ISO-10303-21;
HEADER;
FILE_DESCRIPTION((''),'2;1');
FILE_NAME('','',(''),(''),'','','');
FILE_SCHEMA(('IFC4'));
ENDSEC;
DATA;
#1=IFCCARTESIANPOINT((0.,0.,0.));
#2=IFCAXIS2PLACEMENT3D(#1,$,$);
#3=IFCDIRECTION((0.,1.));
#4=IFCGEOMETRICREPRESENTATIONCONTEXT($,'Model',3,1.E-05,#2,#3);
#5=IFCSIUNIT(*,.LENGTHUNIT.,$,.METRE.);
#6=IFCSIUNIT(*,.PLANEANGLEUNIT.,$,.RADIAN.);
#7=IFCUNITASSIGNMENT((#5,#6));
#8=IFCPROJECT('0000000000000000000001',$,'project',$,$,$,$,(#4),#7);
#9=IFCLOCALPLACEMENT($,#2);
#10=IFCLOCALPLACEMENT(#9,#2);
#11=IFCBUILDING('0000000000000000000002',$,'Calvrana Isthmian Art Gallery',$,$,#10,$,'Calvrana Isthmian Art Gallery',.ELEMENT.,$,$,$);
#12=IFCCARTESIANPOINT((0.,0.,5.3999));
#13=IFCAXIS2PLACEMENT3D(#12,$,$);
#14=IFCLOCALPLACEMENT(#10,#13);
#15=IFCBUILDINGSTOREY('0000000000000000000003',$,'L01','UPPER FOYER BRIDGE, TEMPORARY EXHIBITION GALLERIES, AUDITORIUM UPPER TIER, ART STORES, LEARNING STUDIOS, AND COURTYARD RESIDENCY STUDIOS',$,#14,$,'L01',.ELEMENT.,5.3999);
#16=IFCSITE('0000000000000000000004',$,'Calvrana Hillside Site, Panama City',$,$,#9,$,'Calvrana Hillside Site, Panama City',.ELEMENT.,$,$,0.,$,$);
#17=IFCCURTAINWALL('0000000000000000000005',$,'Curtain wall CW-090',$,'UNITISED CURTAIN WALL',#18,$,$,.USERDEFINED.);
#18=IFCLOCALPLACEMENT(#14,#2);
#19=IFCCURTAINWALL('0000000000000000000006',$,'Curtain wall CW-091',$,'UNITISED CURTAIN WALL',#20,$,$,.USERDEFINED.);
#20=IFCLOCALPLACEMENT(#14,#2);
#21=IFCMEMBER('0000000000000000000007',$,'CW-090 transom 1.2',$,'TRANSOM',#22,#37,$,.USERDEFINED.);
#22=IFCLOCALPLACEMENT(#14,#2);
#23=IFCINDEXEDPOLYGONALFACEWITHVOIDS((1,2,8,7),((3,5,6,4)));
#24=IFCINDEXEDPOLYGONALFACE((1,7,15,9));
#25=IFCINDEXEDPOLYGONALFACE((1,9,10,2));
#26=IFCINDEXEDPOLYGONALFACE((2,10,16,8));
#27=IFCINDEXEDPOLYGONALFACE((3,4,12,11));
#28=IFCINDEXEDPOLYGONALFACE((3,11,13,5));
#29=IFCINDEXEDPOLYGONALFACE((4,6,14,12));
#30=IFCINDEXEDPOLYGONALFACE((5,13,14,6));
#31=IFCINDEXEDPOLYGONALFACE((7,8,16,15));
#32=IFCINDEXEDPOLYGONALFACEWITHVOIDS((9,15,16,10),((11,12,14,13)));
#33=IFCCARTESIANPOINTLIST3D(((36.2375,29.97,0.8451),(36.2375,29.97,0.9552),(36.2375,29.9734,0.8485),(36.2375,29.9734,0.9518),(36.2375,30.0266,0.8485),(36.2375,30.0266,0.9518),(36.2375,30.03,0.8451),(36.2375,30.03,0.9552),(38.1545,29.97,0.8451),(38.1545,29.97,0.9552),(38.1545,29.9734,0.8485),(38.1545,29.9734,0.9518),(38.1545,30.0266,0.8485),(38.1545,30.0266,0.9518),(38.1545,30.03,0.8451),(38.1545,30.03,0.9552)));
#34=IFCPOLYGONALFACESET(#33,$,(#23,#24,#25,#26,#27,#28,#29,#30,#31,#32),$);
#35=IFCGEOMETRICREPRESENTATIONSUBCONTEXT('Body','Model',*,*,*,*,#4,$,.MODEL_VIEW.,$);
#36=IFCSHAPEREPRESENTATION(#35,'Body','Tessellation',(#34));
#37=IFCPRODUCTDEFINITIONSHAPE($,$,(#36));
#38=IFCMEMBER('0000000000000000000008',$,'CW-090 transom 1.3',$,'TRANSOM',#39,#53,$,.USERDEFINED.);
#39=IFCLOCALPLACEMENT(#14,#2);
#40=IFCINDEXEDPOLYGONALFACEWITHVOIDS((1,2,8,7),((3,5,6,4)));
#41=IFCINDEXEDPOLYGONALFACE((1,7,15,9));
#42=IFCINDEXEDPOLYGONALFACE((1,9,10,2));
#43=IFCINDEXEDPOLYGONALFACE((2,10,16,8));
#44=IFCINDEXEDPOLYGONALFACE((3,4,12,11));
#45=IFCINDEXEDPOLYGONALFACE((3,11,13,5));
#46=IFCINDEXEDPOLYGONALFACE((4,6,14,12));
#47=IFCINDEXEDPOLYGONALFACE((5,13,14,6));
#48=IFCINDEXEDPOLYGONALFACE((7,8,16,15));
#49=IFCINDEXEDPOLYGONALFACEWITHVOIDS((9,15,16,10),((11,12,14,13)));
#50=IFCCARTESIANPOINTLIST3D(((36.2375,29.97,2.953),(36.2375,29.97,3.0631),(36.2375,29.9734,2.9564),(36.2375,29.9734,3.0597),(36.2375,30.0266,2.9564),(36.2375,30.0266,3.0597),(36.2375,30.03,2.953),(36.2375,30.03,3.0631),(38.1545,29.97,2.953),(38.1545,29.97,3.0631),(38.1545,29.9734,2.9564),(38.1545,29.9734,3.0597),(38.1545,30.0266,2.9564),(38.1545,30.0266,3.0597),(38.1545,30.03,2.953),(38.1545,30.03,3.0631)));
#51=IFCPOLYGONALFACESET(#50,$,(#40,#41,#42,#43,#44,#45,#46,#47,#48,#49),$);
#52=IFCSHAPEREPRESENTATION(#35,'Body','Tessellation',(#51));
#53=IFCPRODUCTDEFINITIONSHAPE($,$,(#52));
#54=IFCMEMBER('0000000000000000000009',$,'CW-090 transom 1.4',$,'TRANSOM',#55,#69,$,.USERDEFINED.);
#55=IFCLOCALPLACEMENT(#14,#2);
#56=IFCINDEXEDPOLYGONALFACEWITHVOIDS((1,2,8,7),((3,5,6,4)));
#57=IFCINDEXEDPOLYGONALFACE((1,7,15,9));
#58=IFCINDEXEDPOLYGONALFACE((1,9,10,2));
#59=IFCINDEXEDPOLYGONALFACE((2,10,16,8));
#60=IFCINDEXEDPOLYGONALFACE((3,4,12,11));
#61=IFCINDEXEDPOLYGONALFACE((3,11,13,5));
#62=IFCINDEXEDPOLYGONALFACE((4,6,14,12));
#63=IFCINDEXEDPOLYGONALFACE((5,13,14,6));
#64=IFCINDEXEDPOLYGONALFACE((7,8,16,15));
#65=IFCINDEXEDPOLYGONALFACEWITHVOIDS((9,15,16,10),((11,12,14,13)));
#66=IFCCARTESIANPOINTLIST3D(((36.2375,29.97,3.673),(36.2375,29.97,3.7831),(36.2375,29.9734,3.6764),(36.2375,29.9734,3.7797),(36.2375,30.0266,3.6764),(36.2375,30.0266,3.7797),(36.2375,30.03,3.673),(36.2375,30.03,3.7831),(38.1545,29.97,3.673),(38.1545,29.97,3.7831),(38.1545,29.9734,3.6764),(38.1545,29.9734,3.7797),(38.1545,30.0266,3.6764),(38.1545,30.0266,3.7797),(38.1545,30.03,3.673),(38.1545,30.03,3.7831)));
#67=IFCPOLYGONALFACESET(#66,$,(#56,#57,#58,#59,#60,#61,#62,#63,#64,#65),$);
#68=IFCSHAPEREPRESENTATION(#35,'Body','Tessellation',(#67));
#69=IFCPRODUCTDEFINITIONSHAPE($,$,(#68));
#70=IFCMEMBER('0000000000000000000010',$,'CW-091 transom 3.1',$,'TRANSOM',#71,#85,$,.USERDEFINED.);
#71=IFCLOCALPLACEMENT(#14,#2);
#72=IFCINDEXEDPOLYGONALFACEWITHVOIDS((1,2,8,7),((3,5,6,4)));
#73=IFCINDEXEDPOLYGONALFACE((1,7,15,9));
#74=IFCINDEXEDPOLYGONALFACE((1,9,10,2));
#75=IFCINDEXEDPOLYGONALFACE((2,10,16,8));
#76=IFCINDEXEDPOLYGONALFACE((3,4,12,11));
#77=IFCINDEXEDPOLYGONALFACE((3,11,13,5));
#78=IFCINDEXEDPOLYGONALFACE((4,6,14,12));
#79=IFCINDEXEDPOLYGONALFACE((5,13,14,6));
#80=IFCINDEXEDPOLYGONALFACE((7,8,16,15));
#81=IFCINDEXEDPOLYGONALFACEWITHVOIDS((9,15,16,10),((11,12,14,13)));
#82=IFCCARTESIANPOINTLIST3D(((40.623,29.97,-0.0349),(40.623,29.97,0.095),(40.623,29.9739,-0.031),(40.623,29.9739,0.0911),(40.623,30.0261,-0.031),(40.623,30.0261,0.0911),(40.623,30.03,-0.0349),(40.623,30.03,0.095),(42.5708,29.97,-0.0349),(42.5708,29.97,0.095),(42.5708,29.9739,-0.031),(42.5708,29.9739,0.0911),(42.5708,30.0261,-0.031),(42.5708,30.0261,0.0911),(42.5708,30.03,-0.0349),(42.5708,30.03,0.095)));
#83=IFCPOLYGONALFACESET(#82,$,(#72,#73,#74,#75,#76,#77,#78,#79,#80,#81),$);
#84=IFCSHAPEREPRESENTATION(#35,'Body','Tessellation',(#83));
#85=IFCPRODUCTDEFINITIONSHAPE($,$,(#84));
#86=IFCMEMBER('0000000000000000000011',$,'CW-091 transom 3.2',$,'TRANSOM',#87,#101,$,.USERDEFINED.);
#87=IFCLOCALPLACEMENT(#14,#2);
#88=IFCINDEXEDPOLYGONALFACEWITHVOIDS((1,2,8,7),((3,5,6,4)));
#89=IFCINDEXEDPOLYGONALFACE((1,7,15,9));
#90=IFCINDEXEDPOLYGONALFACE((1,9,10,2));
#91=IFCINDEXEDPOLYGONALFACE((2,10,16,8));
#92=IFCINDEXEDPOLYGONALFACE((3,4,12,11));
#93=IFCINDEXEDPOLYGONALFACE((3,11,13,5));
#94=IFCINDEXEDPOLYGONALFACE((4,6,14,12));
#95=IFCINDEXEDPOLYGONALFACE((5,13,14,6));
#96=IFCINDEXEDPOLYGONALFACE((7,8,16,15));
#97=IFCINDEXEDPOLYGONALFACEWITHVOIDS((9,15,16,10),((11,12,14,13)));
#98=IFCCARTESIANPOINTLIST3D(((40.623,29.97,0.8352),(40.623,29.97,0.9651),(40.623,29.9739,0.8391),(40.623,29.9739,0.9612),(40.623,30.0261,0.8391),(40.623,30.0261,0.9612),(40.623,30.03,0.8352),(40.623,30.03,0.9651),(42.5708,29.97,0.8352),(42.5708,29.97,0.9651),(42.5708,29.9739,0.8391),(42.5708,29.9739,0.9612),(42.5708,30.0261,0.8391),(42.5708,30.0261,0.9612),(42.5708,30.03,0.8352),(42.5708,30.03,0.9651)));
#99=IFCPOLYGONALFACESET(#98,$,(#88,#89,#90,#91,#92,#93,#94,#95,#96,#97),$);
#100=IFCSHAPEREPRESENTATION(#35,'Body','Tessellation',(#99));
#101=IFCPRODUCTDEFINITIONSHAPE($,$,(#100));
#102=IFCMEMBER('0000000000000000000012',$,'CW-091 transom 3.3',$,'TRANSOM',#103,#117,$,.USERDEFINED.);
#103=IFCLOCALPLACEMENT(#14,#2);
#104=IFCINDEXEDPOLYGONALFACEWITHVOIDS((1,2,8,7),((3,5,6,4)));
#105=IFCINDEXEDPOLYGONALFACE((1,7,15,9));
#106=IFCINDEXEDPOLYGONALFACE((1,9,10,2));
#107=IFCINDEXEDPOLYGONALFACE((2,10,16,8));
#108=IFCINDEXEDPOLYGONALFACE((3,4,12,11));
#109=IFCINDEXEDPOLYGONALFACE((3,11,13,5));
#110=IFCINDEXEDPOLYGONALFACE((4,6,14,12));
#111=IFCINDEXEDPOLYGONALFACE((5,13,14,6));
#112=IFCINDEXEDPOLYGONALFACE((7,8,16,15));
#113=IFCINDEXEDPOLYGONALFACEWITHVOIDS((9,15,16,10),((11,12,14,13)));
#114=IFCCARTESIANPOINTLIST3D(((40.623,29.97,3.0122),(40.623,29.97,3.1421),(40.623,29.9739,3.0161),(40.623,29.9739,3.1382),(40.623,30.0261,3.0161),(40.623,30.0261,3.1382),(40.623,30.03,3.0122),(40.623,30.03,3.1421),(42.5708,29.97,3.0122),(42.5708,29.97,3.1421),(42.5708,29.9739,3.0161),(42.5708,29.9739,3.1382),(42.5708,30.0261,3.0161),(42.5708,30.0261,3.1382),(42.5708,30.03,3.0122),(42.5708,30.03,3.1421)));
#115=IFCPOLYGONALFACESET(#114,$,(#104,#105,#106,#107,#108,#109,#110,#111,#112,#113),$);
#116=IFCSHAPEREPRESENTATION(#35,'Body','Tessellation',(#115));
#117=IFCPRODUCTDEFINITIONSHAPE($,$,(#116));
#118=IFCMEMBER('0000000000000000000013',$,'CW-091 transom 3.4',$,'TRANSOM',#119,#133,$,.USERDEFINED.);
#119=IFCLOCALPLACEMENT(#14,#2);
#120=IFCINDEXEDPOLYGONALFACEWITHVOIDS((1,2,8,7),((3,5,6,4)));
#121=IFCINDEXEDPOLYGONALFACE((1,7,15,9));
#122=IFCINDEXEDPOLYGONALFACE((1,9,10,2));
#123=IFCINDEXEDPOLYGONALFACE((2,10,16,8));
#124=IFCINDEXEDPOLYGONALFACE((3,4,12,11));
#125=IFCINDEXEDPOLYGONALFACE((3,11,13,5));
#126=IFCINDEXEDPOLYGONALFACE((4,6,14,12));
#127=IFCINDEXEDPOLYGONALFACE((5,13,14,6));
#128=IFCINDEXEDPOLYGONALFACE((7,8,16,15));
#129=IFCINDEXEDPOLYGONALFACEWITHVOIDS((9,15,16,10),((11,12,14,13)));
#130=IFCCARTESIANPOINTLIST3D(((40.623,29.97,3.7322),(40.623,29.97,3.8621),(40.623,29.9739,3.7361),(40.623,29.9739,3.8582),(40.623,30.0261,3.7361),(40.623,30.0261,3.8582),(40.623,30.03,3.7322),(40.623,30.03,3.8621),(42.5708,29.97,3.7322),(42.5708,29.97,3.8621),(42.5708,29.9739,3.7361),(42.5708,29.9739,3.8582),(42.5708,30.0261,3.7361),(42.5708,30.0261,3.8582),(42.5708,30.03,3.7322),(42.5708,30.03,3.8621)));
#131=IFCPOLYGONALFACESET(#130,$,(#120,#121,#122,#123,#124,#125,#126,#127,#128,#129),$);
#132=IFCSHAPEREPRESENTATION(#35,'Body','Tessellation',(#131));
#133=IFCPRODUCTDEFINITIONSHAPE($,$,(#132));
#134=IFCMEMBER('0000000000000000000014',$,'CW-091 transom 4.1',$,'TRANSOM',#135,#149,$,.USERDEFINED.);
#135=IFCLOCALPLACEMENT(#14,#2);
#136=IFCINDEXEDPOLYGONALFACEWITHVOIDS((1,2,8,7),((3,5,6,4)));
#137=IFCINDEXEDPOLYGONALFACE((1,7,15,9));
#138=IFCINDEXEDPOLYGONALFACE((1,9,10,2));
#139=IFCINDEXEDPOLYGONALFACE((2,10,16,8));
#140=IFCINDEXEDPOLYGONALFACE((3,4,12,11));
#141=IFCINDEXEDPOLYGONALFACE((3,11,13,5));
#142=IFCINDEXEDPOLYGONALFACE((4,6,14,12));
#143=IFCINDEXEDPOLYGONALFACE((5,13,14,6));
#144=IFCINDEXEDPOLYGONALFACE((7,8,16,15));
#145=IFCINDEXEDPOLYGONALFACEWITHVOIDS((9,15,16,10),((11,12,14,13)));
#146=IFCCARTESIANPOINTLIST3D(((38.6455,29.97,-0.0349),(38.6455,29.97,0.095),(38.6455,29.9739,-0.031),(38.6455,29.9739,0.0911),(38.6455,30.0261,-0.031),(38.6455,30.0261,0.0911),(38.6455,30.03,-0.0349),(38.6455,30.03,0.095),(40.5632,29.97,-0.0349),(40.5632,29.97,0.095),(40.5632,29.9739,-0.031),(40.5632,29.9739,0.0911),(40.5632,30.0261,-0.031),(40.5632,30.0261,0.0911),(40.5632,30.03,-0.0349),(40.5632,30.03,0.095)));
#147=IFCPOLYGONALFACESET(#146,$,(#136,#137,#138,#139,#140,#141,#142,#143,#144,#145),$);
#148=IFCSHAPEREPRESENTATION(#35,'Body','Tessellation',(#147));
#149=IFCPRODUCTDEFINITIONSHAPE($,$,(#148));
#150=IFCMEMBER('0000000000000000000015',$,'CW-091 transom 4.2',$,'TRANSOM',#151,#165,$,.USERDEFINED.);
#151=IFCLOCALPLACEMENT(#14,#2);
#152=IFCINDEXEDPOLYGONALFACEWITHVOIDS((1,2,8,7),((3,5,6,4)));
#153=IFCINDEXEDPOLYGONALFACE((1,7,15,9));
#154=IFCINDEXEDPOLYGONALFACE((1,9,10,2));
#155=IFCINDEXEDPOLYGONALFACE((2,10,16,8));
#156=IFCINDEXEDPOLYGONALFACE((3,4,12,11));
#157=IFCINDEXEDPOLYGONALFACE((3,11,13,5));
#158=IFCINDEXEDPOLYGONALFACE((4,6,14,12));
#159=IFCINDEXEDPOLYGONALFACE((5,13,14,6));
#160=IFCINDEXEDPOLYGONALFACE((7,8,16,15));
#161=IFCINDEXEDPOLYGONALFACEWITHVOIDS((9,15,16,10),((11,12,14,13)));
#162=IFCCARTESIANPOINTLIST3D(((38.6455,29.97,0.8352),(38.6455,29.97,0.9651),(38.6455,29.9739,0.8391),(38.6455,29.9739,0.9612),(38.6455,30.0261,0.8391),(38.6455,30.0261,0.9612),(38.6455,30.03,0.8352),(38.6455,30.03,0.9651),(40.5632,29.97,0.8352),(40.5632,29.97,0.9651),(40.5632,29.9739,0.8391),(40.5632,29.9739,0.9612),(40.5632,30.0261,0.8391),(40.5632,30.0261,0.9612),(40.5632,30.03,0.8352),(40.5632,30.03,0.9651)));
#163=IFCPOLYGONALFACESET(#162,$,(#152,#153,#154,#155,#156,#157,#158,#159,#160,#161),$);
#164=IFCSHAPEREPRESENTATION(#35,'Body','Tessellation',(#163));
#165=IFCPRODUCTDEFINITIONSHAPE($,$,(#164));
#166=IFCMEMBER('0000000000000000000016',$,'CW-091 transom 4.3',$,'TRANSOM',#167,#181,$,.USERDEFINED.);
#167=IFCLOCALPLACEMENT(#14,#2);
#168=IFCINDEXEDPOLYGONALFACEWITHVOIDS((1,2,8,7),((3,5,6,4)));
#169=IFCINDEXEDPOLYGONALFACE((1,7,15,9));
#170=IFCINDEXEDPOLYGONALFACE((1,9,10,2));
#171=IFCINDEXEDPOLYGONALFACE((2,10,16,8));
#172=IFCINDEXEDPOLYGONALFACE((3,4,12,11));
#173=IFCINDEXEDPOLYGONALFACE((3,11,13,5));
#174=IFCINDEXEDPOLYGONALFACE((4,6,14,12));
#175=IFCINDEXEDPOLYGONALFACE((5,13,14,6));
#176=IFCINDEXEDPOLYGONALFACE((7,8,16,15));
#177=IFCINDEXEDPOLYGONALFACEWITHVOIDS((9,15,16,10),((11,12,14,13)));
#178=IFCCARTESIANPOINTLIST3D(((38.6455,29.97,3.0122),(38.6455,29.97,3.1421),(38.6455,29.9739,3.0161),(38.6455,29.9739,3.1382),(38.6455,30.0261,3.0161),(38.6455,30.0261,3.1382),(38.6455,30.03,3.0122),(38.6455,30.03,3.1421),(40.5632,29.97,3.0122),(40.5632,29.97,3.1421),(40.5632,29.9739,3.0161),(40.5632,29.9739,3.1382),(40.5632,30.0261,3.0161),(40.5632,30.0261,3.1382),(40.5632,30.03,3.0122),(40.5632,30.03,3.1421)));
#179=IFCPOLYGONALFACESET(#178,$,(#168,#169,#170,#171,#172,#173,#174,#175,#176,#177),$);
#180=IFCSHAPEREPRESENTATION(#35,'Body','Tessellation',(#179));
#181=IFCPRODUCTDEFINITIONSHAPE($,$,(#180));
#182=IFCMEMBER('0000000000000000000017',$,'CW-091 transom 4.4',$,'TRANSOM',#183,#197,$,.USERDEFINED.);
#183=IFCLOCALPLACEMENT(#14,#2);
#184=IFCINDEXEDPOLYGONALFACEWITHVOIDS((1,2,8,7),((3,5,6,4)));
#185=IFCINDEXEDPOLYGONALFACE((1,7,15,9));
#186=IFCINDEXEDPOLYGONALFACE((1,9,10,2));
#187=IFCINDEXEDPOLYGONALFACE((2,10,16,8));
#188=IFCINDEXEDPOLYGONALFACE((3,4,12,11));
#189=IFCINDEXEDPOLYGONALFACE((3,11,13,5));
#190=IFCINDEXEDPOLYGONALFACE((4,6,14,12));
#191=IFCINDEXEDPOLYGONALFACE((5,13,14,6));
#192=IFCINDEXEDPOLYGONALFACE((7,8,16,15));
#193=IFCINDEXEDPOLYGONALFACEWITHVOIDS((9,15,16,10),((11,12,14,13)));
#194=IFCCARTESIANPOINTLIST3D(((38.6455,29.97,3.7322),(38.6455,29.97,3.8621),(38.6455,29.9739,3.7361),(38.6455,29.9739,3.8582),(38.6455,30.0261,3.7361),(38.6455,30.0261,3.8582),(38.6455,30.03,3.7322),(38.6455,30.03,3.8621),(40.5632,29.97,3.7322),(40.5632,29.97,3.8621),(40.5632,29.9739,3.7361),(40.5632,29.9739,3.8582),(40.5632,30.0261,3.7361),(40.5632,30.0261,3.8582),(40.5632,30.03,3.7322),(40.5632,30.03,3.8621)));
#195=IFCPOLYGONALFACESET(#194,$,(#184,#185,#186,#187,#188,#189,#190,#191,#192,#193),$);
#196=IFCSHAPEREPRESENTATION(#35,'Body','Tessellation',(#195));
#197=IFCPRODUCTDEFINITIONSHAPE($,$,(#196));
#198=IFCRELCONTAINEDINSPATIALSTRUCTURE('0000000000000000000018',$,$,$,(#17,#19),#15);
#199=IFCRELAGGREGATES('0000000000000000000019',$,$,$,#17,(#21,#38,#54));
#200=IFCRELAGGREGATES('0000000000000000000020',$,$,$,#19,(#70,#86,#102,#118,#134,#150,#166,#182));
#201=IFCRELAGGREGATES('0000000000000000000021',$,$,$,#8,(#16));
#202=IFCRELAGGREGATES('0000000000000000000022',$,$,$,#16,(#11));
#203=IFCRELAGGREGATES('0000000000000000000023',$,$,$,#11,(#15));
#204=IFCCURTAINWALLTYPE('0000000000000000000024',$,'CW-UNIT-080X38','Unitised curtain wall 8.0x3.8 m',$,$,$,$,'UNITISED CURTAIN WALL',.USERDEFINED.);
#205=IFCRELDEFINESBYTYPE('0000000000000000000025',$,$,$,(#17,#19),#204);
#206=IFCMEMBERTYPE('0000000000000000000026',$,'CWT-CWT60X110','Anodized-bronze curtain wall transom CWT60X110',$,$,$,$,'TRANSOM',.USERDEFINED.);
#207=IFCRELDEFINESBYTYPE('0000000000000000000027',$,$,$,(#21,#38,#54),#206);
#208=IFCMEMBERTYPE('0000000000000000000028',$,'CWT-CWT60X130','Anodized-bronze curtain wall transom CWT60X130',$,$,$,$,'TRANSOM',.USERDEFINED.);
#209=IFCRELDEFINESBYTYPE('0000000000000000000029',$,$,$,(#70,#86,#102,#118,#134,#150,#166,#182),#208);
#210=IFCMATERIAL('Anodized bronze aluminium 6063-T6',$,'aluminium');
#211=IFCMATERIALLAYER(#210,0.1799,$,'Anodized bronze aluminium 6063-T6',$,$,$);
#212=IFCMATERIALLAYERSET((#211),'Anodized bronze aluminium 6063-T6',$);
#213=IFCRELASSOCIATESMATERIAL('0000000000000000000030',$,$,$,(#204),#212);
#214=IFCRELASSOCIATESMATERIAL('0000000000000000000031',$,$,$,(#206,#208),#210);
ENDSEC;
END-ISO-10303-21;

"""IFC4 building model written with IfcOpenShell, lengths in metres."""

from ifc_helpers import new_model, si_unit, direction, frame, origin, origin_2d, place, context, subcontext, project, spatial, hollow_rectangle, extrude, material, layer, layer_set, material_profile, profile_set, type_object, element, aggregate, save


model = new_model("IFC4")

# Units and contexts
model_context = context("Model", 3, precision=1e-05, world=origin(), true_north=direction((0.0, 1.0)))
body_context = subcontext(model_context, "Body", "Model", "MODEL_VIEW")
ifc_project = project(units=[si_unit("LENGTHUNIT", "METRE"), si_unit("PLANEANGLEUNIT", "RADIAN")], contexts=[model_context])

# Site, building, storey
site_placement = place(None, origin())
site = spatial("IfcSite", under=ifc_project, at=site_placement, Name="Calvrana Hillside Site, Panama City", LongName="Calvrana Hillside Site, Panama City", CompositionType="ELEMENT", RefElevation=0.0)
building_placement = place(site_placement, origin())
building = spatial("IfcBuilding", under=site, at=building_placement, Name="Calvrana Isthmian Art Gallery", LongName="Calvrana Isthmian Art Gallery", CompositionType="ELEMENT")
storey_placement = place(building_placement, frame((0.0, 0.0, 5.3999)))
storey = spatial("IfcBuildingStorey", under=building, at=storey_placement, Name="L01", Description="UPPER FOYER BRIDGE, TEMPORARY EXHIBITION GALLERIES, AUDITORIUM UPPER TIER, ART STORES, LEARNING STUDIOS, AND COURTYARD RESIDENCY STUDIOS", LongName="L01", CompositionType="ELEMENT", Elevation=5.3999)

# Curtain wall
ifc_material_1 = material(Name="Anodized bronze aluminium 6063-T6", Category="aluminium")
ifc_layer_1 = layer(ifc_material_1, 0.1799, Name="Anodized bronze aluminium 6063-T6")
ifc_layer_set_1 = layer_set([ifc_layer_1], Name="Anodized bronze aluminium 6063-T6")
curtain_wall_type_1 = type_object("IfcCurtainWallType", Name="CW-UNIT-080X38", Description="Unitised curtain wall 8.0x3.8 m", ElementType="UNITISED CURTAIN WALL", PredefinedType="USERDEFINED", material=ifc_layer_set_1)
curtain_wall_1_placement = place(storey_placement, origin())
curtain_wall_1 = element("IfcCurtainWall", 1, at=curtain_wall_1_placement, inside=storey, type_object=curtain_wall_type_1, Name="Curtain wall CW-090", ObjectType="UNITISED CURTAIN WALL", PredefinedType="USERDEFINED")

# Curtain wall
curtain_wall_2_placement = place(storey_placement, origin())
curtain_wall_2 = element("IfcCurtainWall", 2, at=curtain_wall_2_placement, inside=storey, type_object=curtain_wall_type_1, Name="Curtain wall CW-091", ObjectType="UNITISED CURTAIN WALL", PredefinedType="USERDEFINED")

# Members
ifc_material_profile_1 = material_profile(ifc_material_1, hollow_rectangle(XDim=0.0601, YDim=0.1101, WallThickness=0.0034, at=origin_2d()), Name="CWT60X110")
ifc_profile_set_1 = profile_set([ifc_material_profile_1], Name="Anodized bronze aluminium 6063-T6")
member_type_1 = type_object("IfcMemberType", Name="CWT-CWT60X110", Description="Anodized-bronze curtain wall transom CWT60X110", ElementType="TRANSOM", PredefinedType="USERDEFINED", material=ifc_profile_set_1)
member_1_placement = place(storey_placement, frame((38.1545, 30.0, 0.9001), z_axis=(-1.0, 0.0, 0.0), x_axis=(0.0, -1.0, 0.0)))
member_1 = element("IfcMember", 3, at=member_1_placement, type_object=member_type_1, Name="CW-090 transom 1.2", ObjectType="TRANSOM", PredefinedType="USERDEFINED", context=body_context, shape_type="SweptSolid", body=[
    extrude(hollow_rectangle(XDim=0.0601, YDim=0.1101, WallThickness=0.0034, at=origin_2d()), origin(), (0.0, 0.0, 1.0), 1.917),
])
member_2_placement = place(storey_placement, frame((38.1545, 30.0, 3.0081), z_axis=(-1.0, 0.0, 0.0), x_axis=(0.0, -1.0, 0.0)))
member_2 = element("IfcMember", 4, at=member_2_placement, type_object=member_type_1, Name="CW-090 transom 1.3", ObjectType="TRANSOM", PredefinedType="USERDEFINED", context=body_context, shape_type="SweptSolid", body=[
    extrude(hollow_rectangle(XDim=0.0601, YDim=0.1101, WallThickness=0.0034, at=origin_2d()), origin(), (0.0, 0.0, 1.0), 1.917),
])
member_3_placement = place(storey_placement, frame((38.1545, 30.0, 3.728), z_axis=(-1.0, 0.0, 0.0), x_axis=(0.0, -1.0, 0.0)))
member_3 = element("IfcMember", 5, at=member_3_placement, type_object=member_type_1, Name="CW-090 transom 1.4", ObjectType="TRANSOM", PredefinedType="USERDEFINED", context=body_context, shape_type="SweptSolid", body=[
    extrude(hollow_rectangle(XDim=0.0601, YDim=0.1101, WallThickness=0.0034, at=origin_2d()), origin(), (0.0, 0.0, 1.0), 1.917),
])
ifc_material_profile_2 = material_profile(ifc_material_1, hollow_rectangle(XDim=0.0601, YDim=0.1299, WallThickness=0.0039, at=origin_2d()), Name="CWT60X130")
ifc_profile_set_2 = profile_set([ifc_material_profile_2], Name="Anodized bronze aluminium 6063-T6")
member_type_2 = type_object("IfcMemberType", Name="CWT-CWT60X130", Description="Anodized-bronze curtain wall transom CWT60X130", ElementType="TRANSOM", PredefinedType="USERDEFINED", material=ifc_profile_set_2)
member_4_placement = place(storey_placement, frame((42.5708, 30.0, 0.03), z_axis=(-1.0, 0.0, 0.0), x_axis=(0.0, -1.0, 0.0)))
member_4 = element("IfcMember", 6, at=member_4_placement, type_object=member_type_2, Name="CW-091 transom 3.1", ObjectType="TRANSOM", PredefinedType="USERDEFINED", context=body_context, shape_type="SweptSolid", body=[
    extrude(hollow_rectangle(XDim=0.0601, YDim=0.1299, WallThickness=0.0039, at=origin_2d()), origin(), (0.0, 0.0, 1.0), 1.9478),
])
member_5_placement = place(storey_placement, frame((42.5708, 30.0, 0.9001), z_axis=(-1.0, 0.0, 0.0), x_axis=(0.0, -1.0, 0.0)))
member_5 = element("IfcMember", 7, at=member_5_placement, type_object=member_type_2, Name="CW-091 transom 3.2", ObjectType="TRANSOM", PredefinedType="USERDEFINED", context=body_context, shape_type="SweptSolid", body=[
    extrude(hollow_rectangle(XDim=0.0601, YDim=0.1299, WallThickness=0.0039, at=origin_2d()), origin(), (0.0, 0.0, 1.0), 1.9478),
])
member_6_placement = place(storey_placement, frame((42.5708, 30.0, 3.0771), z_axis=(-1.0, 0.0, 0.0), x_axis=(0.0, -1.0, 0.0)))
member_6 = element("IfcMember", 8, at=member_6_placement, type_object=member_type_2, Name="CW-091 transom 3.3", ObjectType="TRANSOM", PredefinedType="USERDEFINED", context=body_context, shape_type="SweptSolid", body=[
    extrude(hollow_rectangle(XDim=0.0601, YDim=0.1299, WallThickness=0.0039, at=origin_2d()), origin(), (0.0, 0.0, 1.0), 1.9478),
])
member_7_placement = place(storey_placement, frame((42.5708, 30.0, 3.7971), z_axis=(-1.0, 0.0, 0.0), x_axis=(0.0, -1.0, 0.0)))
member_7 = element("IfcMember", 9, at=member_7_placement, type_object=member_type_2, Name="CW-091 transom 3.4", ObjectType="TRANSOM", PredefinedType="USERDEFINED", context=body_context, shape_type="SweptSolid", body=[
    extrude(hollow_rectangle(XDim=0.0601, YDim=0.1299, WallThickness=0.0039, at=origin_2d()), origin(), (0.0, 0.0, 1.0), 1.9478),
])
member_8_placement = place(storey_placement, frame((40.5632, 30.0, 0.03), z_axis=(-1.0, 0.0, 0.0), x_axis=(0.0, -1.0, 0.0)))
member_8 = element("IfcMember", 10, at=member_8_placement, type_object=member_type_2, Name="CW-091 transom 4.1", ObjectType="TRANSOM", PredefinedType="USERDEFINED", context=body_context, shape_type="SweptSolid", body=[
    extrude(hollow_rectangle(XDim=0.0601, YDim=0.1299, WallThickness=0.0039, at=origin_2d()), origin(), (0.0, 0.0, 1.0), 1.9177),
])
member_9_placement = place(storey_placement, frame((40.5632, 30.0, 0.9001), z_axis=(-1.0, 0.0, 0.0), x_axis=(0.0, -1.0, 0.0)))
member_9 = element("IfcMember", 11, at=member_9_placement, type_object=member_type_2, Name="CW-091 transom 4.2", ObjectType="TRANSOM", PredefinedType="USERDEFINED", context=body_context, shape_type="SweptSolid", body=[
    extrude(hollow_rectangle(XDim=0.0601, YDim=0.1299, WallThickness=0.0039, at=origin_2d()), origin(), (0.0, 0.0, 1.0), 1.9177),
])
member_10_placement = place(storey_placement, frame((40.5632, 30.0, 3.0771), z_axis=(-1.0, 0.0, 0.0), x_axis=(0.0, -1.0, 0.0)))
member_10 = element("IfcMember", 12, at=member_10_placement, type_object=member_type_2, Name="CW-091 transom 4.3", ObjectType="TRANSOM", PredefinedType="USERDEFINED", context=body_context, shape_type="SweptSolid", body=[
    extrude(hollow_rectangle(XDim=0.0601, YDim=0.1299, WallThickness=0.0039, at=origin_2d()), origin(), (0.0, 0.0, 1.0), 1.9177),
])
member_11_placement = place(storey_placement, frame((40.5632, 30.0, 3.7971), z_axis=(-1.0, 0.0, 0.0), x_axis=(0.0, -1.0, 0.0)))
member_11 = element("IfcMember", 13, at=member_11_placement, type_object=member_type_2, Name="CW-091 transom 4.4", ObjectType="TRANSOM", PredefinedType="USERDEFINED", context=body_context, shape_type="SweptSolid", body=[
    extrude(hollow_rectangle(XDim=0.0601, YDim=0.1299, WallThickness=0.0039, at=origin_2d()), origin(), (0.0, 0.0, 1.0), 1.9177),
])

aggregate(curtain_wall_1, [member_1, member_2, member_3])
aggregate(curtain_wall_2, [member_4, member_5, member_6, member_7, member_8, member_9, member_10, member_11])

save(model, "model.ifc")
